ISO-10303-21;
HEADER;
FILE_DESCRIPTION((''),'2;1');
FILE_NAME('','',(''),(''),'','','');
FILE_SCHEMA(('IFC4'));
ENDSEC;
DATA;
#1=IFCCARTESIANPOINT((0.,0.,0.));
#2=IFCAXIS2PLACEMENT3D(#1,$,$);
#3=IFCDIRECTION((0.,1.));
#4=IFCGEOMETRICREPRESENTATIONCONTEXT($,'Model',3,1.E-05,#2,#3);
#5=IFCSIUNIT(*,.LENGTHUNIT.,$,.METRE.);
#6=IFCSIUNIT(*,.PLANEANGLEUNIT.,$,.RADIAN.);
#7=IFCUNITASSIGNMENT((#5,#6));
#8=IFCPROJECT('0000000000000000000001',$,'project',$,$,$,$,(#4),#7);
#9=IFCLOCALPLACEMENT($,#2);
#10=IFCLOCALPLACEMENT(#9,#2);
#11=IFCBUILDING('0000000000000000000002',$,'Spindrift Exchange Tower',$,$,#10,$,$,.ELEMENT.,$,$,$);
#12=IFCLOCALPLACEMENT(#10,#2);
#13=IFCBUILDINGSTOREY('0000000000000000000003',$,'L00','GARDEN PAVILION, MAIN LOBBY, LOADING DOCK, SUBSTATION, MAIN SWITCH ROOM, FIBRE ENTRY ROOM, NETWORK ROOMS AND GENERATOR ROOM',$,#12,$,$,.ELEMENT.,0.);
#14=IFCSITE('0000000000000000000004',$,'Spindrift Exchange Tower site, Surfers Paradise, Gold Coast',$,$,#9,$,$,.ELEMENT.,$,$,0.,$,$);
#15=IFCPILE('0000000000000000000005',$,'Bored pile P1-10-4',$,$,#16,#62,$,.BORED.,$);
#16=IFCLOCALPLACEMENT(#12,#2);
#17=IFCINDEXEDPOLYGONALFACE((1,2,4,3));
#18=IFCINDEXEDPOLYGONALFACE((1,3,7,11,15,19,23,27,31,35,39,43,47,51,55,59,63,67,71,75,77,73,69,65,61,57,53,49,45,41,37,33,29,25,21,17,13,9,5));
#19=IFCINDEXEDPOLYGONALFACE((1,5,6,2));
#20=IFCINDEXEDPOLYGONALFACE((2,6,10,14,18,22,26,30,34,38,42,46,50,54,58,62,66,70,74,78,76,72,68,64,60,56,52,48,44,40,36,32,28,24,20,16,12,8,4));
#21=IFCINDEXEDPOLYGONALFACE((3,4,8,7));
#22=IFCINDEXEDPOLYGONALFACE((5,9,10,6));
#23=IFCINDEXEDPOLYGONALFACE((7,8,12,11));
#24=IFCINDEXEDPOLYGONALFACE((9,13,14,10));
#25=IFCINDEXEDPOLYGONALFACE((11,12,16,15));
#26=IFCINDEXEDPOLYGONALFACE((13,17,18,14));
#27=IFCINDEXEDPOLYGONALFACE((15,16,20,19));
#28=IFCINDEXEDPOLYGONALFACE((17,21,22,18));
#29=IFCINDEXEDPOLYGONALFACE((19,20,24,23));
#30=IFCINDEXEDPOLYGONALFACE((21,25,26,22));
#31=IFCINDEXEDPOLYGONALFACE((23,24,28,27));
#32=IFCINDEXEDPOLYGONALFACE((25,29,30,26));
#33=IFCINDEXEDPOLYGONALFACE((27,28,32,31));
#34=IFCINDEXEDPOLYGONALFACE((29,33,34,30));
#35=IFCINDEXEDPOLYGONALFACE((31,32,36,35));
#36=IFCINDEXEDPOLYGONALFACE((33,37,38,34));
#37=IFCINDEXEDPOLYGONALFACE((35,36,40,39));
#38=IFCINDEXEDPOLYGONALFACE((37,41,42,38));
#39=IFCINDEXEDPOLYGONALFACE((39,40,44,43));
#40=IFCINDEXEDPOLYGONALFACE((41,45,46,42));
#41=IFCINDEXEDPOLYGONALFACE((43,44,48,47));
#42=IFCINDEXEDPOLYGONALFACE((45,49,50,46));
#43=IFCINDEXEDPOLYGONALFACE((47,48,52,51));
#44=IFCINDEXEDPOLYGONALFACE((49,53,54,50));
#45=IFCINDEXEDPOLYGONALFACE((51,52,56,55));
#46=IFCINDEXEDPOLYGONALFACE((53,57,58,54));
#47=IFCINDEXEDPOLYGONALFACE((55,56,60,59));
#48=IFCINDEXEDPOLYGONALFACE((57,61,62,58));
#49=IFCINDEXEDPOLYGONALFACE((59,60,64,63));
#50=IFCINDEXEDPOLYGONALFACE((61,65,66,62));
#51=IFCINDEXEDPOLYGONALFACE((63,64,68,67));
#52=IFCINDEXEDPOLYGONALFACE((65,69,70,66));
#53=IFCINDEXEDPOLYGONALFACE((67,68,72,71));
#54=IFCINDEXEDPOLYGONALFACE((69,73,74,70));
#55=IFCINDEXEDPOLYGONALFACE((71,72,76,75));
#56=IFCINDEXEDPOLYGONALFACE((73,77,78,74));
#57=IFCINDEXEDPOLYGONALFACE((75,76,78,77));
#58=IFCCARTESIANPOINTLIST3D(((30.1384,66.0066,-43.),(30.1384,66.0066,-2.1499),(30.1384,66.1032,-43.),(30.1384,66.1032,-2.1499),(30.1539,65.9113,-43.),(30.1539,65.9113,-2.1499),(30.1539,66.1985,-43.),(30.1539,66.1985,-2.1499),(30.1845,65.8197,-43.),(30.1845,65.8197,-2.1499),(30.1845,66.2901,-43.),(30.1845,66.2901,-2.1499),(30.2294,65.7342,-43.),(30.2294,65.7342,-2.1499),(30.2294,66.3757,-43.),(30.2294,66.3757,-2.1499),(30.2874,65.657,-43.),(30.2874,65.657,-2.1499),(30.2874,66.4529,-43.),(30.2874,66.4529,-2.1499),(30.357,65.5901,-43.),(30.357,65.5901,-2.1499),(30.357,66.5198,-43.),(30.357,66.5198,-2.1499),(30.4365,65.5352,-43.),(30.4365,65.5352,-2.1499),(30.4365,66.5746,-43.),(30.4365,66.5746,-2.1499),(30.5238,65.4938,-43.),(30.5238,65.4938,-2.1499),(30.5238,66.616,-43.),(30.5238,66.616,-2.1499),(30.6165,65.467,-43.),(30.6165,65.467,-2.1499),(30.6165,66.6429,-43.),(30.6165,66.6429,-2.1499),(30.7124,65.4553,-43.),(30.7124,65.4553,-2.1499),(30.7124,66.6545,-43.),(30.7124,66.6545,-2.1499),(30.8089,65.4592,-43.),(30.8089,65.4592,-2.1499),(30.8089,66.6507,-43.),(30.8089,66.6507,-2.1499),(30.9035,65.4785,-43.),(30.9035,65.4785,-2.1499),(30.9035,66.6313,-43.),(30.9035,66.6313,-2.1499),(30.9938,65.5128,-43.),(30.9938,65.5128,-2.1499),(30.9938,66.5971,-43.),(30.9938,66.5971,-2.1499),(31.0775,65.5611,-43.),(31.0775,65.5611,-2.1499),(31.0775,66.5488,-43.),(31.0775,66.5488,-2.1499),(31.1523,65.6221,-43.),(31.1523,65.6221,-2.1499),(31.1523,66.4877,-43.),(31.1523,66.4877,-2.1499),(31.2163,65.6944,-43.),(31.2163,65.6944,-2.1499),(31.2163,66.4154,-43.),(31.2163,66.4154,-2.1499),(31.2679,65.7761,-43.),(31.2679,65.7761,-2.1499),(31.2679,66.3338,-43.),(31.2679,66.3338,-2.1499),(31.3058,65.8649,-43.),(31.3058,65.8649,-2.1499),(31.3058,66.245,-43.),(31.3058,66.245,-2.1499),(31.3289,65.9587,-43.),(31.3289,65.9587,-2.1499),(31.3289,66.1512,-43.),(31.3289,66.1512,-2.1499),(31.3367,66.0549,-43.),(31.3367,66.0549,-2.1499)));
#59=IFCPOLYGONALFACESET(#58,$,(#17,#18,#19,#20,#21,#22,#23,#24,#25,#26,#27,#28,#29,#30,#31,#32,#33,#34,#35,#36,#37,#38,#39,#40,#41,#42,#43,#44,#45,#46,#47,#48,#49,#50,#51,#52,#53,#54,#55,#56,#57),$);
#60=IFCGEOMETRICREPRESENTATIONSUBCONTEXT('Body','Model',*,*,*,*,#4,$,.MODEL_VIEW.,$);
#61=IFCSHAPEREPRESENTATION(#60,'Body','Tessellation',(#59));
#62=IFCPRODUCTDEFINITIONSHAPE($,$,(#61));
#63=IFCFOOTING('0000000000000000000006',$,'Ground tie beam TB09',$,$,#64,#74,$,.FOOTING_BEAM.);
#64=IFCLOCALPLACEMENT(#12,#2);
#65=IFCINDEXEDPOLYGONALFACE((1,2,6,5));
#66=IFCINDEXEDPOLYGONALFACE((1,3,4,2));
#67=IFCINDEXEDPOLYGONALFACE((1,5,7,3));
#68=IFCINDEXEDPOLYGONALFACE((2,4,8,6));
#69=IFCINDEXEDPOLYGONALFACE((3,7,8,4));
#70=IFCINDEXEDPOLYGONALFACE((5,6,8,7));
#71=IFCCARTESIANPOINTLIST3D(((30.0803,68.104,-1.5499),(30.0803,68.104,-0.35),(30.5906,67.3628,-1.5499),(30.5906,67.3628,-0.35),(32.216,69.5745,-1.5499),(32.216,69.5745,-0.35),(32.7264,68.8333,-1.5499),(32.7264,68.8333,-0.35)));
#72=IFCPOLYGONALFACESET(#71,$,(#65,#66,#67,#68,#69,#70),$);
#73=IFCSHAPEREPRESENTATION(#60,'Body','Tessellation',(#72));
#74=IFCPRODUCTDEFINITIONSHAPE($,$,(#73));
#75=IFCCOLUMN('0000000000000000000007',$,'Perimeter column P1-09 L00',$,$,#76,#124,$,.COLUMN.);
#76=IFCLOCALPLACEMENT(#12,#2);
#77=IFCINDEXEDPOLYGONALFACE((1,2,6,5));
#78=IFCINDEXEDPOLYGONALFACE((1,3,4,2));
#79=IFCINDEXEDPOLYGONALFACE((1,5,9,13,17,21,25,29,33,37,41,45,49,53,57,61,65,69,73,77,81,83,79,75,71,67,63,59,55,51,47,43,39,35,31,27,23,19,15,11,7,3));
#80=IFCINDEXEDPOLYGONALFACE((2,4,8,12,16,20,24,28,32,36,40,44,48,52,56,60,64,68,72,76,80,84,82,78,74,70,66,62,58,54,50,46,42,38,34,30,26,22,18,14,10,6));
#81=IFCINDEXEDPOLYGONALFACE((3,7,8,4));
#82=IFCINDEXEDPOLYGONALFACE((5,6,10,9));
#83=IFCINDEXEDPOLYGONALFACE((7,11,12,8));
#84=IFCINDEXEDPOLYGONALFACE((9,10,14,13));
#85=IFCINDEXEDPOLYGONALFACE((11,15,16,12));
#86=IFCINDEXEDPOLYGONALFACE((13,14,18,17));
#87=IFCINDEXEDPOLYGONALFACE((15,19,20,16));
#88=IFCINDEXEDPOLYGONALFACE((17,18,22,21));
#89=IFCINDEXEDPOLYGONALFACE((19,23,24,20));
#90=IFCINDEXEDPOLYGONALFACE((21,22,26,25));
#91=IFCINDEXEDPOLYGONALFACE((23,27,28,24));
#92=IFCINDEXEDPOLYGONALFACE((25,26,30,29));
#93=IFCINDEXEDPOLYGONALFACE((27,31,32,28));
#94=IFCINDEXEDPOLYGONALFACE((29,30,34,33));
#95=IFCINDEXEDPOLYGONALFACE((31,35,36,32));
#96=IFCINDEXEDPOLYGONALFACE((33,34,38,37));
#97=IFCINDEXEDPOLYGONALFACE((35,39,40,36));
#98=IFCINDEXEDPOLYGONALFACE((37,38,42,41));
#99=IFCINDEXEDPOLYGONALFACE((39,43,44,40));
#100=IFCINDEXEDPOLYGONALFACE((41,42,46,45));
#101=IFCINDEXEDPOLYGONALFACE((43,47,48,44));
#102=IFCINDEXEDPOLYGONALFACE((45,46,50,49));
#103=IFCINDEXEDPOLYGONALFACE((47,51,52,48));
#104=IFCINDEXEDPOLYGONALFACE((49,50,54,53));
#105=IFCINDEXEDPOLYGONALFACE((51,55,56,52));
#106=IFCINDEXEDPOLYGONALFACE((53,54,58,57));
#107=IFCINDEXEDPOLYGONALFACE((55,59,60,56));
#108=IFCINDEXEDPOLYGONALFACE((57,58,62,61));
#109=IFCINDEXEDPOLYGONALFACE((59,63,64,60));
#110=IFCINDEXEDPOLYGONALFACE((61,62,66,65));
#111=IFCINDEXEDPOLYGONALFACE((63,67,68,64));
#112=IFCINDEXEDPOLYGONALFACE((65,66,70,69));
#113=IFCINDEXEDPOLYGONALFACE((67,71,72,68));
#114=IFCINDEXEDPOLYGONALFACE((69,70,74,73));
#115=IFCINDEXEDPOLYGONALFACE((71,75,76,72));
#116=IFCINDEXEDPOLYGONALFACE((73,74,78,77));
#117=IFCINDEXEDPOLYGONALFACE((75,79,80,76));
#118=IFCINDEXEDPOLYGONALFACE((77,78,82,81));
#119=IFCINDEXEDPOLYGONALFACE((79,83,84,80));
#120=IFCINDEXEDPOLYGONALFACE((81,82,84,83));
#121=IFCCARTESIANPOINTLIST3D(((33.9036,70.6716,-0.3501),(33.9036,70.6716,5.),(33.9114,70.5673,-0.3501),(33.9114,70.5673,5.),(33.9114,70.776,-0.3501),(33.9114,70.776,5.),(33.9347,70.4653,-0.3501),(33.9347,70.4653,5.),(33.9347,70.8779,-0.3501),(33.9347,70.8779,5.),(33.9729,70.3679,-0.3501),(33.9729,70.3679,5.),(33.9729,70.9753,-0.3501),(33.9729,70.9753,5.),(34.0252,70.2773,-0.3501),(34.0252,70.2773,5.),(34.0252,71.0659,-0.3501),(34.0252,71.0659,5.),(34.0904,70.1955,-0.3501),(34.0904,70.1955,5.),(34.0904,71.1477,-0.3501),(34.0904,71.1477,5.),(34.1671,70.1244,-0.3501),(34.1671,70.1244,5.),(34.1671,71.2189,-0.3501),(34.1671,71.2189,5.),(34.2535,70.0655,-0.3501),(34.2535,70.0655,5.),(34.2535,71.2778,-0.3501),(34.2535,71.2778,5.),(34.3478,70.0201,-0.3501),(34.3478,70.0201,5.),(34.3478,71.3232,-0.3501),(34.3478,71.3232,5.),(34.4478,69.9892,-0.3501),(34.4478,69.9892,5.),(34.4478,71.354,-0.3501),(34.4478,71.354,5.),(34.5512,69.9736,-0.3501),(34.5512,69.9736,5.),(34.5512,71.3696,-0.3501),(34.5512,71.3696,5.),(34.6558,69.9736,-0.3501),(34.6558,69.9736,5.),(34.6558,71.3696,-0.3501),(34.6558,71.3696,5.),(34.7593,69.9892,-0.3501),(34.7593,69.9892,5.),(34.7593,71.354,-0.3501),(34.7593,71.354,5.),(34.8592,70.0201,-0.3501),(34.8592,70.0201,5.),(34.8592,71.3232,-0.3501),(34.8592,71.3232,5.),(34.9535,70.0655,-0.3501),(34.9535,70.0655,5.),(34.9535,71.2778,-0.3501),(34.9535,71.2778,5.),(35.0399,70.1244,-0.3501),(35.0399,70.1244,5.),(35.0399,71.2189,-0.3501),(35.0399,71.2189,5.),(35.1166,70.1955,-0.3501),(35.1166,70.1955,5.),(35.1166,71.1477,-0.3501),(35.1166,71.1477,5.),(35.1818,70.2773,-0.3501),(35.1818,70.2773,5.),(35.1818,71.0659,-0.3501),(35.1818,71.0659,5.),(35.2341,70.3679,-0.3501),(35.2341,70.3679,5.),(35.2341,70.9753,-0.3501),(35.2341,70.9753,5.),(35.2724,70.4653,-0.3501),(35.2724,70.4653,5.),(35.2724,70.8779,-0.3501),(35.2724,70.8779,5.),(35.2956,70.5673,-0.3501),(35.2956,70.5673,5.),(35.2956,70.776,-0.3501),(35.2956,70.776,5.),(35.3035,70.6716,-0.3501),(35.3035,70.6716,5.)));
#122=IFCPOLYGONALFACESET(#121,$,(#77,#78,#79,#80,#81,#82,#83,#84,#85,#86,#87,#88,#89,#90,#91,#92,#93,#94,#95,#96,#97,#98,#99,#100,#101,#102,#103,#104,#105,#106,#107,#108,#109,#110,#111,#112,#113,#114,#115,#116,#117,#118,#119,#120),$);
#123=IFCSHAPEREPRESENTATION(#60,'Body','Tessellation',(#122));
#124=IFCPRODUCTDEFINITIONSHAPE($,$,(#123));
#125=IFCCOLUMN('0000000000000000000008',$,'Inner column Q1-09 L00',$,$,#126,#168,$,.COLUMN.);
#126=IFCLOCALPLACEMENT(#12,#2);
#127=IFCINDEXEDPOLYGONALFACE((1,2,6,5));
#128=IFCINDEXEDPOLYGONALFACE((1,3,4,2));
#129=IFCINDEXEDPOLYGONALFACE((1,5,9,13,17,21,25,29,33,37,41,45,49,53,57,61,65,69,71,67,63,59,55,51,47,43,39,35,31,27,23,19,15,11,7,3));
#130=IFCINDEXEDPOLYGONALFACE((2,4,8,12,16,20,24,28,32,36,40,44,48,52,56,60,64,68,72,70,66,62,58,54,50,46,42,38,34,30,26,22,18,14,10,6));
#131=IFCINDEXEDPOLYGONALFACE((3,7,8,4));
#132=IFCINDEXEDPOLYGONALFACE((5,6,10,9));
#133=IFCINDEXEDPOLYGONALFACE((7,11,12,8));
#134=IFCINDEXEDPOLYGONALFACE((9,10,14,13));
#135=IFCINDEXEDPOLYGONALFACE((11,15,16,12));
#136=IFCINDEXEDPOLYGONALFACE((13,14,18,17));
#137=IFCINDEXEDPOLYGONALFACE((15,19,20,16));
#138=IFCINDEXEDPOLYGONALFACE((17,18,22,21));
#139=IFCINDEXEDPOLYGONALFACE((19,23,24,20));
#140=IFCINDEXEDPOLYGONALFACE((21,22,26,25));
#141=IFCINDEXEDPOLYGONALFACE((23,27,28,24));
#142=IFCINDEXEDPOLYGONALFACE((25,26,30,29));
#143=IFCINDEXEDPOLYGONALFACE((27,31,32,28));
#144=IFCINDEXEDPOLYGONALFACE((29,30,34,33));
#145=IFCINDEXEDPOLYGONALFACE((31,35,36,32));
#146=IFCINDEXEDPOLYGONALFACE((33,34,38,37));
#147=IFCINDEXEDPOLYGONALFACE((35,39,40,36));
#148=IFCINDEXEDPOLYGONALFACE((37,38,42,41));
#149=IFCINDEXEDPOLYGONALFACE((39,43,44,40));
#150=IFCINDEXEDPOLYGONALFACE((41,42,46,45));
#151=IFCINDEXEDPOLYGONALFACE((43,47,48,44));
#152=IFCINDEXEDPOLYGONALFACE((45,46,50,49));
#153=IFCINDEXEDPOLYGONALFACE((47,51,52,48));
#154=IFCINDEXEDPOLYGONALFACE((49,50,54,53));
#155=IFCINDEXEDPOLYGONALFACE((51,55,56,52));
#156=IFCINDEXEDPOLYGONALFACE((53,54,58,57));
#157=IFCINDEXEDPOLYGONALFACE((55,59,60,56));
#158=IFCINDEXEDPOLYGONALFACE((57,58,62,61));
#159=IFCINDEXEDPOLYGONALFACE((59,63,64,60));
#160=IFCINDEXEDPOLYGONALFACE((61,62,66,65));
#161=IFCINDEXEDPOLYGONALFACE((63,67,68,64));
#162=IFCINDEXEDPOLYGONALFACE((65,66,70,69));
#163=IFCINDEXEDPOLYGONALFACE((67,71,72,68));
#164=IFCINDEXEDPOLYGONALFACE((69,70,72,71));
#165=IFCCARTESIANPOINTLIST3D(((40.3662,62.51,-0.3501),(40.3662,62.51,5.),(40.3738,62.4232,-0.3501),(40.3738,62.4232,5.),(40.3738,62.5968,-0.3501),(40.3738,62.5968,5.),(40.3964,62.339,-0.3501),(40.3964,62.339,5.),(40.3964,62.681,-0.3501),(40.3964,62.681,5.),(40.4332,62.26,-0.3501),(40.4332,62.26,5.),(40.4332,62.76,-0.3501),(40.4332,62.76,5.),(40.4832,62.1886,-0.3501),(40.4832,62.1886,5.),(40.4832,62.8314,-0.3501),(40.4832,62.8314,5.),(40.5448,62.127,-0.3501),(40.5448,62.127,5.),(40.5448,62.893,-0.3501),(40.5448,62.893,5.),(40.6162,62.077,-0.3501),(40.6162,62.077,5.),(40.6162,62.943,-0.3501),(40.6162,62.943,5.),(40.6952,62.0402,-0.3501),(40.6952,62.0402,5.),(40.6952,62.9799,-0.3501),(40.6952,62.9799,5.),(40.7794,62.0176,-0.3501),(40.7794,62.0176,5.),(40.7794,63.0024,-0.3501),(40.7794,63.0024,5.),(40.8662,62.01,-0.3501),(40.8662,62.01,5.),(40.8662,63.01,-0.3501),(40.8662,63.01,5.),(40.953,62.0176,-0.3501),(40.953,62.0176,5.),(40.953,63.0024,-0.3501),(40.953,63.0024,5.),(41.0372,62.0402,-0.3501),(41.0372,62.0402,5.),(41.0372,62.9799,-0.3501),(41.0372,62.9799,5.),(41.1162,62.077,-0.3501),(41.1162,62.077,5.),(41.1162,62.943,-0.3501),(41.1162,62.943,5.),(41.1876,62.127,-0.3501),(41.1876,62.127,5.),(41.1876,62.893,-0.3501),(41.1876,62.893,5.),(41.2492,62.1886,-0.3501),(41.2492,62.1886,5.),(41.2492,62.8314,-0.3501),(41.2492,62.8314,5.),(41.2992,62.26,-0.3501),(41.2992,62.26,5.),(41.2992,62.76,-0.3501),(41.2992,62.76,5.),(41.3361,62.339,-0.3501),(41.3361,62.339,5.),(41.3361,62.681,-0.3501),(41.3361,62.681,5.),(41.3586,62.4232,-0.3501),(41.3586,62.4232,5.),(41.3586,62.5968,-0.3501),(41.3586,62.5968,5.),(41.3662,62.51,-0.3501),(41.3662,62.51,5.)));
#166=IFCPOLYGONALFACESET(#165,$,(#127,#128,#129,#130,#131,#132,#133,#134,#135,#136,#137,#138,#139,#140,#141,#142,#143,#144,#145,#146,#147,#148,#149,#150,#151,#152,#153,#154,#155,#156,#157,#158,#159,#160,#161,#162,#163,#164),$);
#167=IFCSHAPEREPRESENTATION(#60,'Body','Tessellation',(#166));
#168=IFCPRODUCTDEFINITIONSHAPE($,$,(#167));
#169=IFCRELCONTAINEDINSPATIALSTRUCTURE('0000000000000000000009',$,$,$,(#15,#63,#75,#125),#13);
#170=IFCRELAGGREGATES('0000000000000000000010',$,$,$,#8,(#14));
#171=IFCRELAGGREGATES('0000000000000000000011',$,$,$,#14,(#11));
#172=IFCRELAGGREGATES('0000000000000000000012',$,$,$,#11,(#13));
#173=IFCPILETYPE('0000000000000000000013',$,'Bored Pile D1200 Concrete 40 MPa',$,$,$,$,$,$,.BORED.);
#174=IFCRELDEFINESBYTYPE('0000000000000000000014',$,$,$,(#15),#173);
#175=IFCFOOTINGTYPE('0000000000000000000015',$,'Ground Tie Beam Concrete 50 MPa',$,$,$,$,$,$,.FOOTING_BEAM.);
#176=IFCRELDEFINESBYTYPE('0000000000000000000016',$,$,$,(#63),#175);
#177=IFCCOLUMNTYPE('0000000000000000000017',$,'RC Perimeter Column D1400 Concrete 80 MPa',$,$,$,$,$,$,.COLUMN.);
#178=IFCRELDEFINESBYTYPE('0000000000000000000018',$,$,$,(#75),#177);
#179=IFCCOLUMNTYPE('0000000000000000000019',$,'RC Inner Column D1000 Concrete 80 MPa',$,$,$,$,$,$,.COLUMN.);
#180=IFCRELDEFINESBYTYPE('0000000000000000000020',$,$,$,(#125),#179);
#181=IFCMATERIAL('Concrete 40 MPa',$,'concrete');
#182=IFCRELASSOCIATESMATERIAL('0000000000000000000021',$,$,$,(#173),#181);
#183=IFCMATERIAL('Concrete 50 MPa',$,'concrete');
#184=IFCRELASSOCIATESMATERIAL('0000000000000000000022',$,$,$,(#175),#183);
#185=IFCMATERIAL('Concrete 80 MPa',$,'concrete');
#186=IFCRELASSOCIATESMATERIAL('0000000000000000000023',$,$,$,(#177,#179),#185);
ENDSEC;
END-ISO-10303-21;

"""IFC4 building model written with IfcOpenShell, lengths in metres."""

from ifc_helpers import new_model, si_unit, direction, frame, origin, origin_2d, place, context, subcontext, project, spatial, rectangle, circle, extrude, source, transform, mapped, material, material_profile, profile_set, type_object, element, save


model = new_model("IFC4")

# Units and contexts
model_context = context("Model", 3, precision=1e-05, world=origin(), true_north=direction((0.0, 1.0)))
body_context = subcontext(model_context, "Body", "Model", "MODEL_VIEW")
ifc_project = project(units=[si_unit("LENGTHUNIT", "METRE"), si_unit("PLANEANGLEUNIT", "RADIAN")], contexts=[model_context])

# Site, building, storey
site_placement = place(None, origin())
site = spatial("IfcSite", under=ifc_project, at=site_placement, Name="Spindrift Exchange Tower site, Surfers Paradise, Gold Coast", CompositionType="ELEMENT", RefElevation=0.0)
building_placement = place(site_placement, origin())
building = spatial("IfcBuilding", under=site, at=building_placement, Name="Spindrift Exchange Tower", CompositionType="ELEMENT")
storey_placement = place(building_placement, origin())
storey = spatial("IfcBuildingStorey", under=building, at=storey_placement, Name="L00", Description="GARDEN PAVILION, MAIN LOBBY, LOADING DOCK, SUBSTATION, MAIN SWITCH ROOM, FIBRE ENTRY ROOM, NETWORK ROOMS AND GENERATOR ROOM", CompositionType="ELEMENT", Elevation=0.0)

# Pile
ifc_material_1 = material(Name="Concrete 40 MPa", Category="concrete")
ifc_material_profile_1 = material_profile(ifc_material_1, circle(Radius=0.6001, at=origin_2d()), Name="BP D1200")
ifc_profile_set_1 = profile_set([ifc_material_profile_1], Name="Concrete 40 MPa")
pile_type_1 = type_object("IfcPileType", Name="Bored Pile D1200 Concrete 40 MPa", PredefinedType="BORED", material=ifc_profile_set_1)
shared_shape_1 = source(origin(), body_context, "Body", "SweptSolid", [
    extrude(circle(Radius=0.6001, at=origin_2d()), origin(), (0.0, 0.0, 1.0), 40.8501),
])
for number, where, z_axis, x_axis, name in (
    (1, (30.7366, 66.0549, -2.1499), (0.0, 0.0, -1.0), (1.0, 0.0, 0.0), "Bored pile P1-10-4"),
):
    element("IfcPile", number, at=place(storey_placement, frame(where, z_axis=z_axis, x_axis=x_axis)), inside=storey, type_object=pile_type_1, Name=name, PredefinedType="BORED", context=body_context, shape_type="MappedRepresentation", body=[
        mapped(shared_shape_1, transform((0.0, 0.0, 0.0), scale=1.0)),
    ])

# Footing
ifc_material_2 = material(Name="Concrete 50 MPa", Category="concrete")
ifc_material_profile_2 = material_profile(ifc_material_2, rectangle(XDim=0.8999, YDim=1.2, at=origin_2d()), Name="RC 900x1200")
ifc_profile_set_2 = profile_set([ifc_material_profile_2], Name="Concrete 50 MPa")
footing_type = type_object("IfcFootingType", Name="Ground Tie Beam Concrete 50 MPa", PredefinedType="FOOTING_BEAM", material=ifc_profile_set_2)
shared_shape_2 = source(origin(), body_context, "Body", "SweptSolid", [
    extrude(rectangle(XDim=0.8999, YDim=1.2, at=origin_2d()), origin(), (0.0, 0.0, 1.0), 2.593),
])
footing_placement = place(storey_placement, frame((32.4712, 69.2039, -0.95), z_axis=(-0.823657, -0.567088, 0.0), x_axis=(0.567088, -0.823657, 0.0)))
element("IfcFooting", 2, at=footing_placement, inside=storey, type_object=footing_type, Name="Ground tie beam TB09", PredefinedType="FOOTING_BEAM", context=body_context, shape_type="MappedRepresentation", body=[
    mapped(shared_shape_2, transform((0.0, 0.0, 0.0), scale=1.0)),
])

# Columns
ifc_material_3 = material(Name="Concrete 80 MPa", Category="concrete")
ifc_material_profile_3 = material_profile(ifc_material_3, circle(Radius=0.7, at=origin_2d()), Name="RC D1400")
ifc_profile_set_3 = profile_set([ifc_material_profile_3], Name="Concrete 80 MPa")
column_type_1 = type_object("IfcColumnType", Name="RC Perimeter Column D1400 Concrete 80 MPa", PredefinedType="COLUMN", material=ifc_profile_set_3)
shared_shape_3 = source(origin(), body_context, "Body", "SweptSolid", [
    extrude(circle(Radius=0.7, at=origin_2d()), origin(), (0.0, 0.0, 1.0), 5.3501),
])
column_placement = place(storey_placement, frame((34.6035, 70.6716, -0.3501), z_axis=(0.0, 0.0, 1.0), x_axis=(1.0, 0.0, 0.0)))
element("IfcColumn", 3, at=column_placement, inside=storey, type_object=column_type_1, Name="Perimeter column P1-09 L00", PredefinedType="COLUMN", context=body_context, shape_type="MappedRepresentation", body=[
    mapped(shared_shape_3, transform((0.0, 0.0, 0.0), scale=1.0)),
])
ifc_material_profile_4 = material_profile(ifc_material_3, circle(Radius=0.5, at=origin_2d()), Name="RC D1000")
ifc_profile_set_4 = profile_set([ifc_material_profile_4], Name="Concrete 80 MPa")
column_type_2 = type_object("IfcColumnType", Name="RC Inner Column D1000 Concrete 80 MPa", PredefinedType="COLUMN", material=ifc_profile_set_4)
shared_shape_4 = source(origin(), body_context, "Body", "SweptSolid", [
    extrude(circle(Radius=0.5, at=origin_2d()), origin(), (0.0, 0.0, 1.0), 5.3501),
])
for number, where, z_axis, x_axis, name in (
    (4, (40.8662, 62.51, -0.3501), (0.0, 0.0, 1.0), (1.0, 0.0, 0.0), "Inner column Q1-09 L00"),
):
    element("IfcColumn", number, at=place(storey_placement, frame(where, z_axis=z_axis, x_axis=x_axis)), inside=storey, type_object=column_type_2, Name=name, PredefinedType="COLUMN", context=body_context, shape_type="MappedRepresentation", body=[
        mapped(shared_shape_4, transform((0.0, 0.0, 0.0), scale=1.0)),
    ])

save(model, "model.ifc")
